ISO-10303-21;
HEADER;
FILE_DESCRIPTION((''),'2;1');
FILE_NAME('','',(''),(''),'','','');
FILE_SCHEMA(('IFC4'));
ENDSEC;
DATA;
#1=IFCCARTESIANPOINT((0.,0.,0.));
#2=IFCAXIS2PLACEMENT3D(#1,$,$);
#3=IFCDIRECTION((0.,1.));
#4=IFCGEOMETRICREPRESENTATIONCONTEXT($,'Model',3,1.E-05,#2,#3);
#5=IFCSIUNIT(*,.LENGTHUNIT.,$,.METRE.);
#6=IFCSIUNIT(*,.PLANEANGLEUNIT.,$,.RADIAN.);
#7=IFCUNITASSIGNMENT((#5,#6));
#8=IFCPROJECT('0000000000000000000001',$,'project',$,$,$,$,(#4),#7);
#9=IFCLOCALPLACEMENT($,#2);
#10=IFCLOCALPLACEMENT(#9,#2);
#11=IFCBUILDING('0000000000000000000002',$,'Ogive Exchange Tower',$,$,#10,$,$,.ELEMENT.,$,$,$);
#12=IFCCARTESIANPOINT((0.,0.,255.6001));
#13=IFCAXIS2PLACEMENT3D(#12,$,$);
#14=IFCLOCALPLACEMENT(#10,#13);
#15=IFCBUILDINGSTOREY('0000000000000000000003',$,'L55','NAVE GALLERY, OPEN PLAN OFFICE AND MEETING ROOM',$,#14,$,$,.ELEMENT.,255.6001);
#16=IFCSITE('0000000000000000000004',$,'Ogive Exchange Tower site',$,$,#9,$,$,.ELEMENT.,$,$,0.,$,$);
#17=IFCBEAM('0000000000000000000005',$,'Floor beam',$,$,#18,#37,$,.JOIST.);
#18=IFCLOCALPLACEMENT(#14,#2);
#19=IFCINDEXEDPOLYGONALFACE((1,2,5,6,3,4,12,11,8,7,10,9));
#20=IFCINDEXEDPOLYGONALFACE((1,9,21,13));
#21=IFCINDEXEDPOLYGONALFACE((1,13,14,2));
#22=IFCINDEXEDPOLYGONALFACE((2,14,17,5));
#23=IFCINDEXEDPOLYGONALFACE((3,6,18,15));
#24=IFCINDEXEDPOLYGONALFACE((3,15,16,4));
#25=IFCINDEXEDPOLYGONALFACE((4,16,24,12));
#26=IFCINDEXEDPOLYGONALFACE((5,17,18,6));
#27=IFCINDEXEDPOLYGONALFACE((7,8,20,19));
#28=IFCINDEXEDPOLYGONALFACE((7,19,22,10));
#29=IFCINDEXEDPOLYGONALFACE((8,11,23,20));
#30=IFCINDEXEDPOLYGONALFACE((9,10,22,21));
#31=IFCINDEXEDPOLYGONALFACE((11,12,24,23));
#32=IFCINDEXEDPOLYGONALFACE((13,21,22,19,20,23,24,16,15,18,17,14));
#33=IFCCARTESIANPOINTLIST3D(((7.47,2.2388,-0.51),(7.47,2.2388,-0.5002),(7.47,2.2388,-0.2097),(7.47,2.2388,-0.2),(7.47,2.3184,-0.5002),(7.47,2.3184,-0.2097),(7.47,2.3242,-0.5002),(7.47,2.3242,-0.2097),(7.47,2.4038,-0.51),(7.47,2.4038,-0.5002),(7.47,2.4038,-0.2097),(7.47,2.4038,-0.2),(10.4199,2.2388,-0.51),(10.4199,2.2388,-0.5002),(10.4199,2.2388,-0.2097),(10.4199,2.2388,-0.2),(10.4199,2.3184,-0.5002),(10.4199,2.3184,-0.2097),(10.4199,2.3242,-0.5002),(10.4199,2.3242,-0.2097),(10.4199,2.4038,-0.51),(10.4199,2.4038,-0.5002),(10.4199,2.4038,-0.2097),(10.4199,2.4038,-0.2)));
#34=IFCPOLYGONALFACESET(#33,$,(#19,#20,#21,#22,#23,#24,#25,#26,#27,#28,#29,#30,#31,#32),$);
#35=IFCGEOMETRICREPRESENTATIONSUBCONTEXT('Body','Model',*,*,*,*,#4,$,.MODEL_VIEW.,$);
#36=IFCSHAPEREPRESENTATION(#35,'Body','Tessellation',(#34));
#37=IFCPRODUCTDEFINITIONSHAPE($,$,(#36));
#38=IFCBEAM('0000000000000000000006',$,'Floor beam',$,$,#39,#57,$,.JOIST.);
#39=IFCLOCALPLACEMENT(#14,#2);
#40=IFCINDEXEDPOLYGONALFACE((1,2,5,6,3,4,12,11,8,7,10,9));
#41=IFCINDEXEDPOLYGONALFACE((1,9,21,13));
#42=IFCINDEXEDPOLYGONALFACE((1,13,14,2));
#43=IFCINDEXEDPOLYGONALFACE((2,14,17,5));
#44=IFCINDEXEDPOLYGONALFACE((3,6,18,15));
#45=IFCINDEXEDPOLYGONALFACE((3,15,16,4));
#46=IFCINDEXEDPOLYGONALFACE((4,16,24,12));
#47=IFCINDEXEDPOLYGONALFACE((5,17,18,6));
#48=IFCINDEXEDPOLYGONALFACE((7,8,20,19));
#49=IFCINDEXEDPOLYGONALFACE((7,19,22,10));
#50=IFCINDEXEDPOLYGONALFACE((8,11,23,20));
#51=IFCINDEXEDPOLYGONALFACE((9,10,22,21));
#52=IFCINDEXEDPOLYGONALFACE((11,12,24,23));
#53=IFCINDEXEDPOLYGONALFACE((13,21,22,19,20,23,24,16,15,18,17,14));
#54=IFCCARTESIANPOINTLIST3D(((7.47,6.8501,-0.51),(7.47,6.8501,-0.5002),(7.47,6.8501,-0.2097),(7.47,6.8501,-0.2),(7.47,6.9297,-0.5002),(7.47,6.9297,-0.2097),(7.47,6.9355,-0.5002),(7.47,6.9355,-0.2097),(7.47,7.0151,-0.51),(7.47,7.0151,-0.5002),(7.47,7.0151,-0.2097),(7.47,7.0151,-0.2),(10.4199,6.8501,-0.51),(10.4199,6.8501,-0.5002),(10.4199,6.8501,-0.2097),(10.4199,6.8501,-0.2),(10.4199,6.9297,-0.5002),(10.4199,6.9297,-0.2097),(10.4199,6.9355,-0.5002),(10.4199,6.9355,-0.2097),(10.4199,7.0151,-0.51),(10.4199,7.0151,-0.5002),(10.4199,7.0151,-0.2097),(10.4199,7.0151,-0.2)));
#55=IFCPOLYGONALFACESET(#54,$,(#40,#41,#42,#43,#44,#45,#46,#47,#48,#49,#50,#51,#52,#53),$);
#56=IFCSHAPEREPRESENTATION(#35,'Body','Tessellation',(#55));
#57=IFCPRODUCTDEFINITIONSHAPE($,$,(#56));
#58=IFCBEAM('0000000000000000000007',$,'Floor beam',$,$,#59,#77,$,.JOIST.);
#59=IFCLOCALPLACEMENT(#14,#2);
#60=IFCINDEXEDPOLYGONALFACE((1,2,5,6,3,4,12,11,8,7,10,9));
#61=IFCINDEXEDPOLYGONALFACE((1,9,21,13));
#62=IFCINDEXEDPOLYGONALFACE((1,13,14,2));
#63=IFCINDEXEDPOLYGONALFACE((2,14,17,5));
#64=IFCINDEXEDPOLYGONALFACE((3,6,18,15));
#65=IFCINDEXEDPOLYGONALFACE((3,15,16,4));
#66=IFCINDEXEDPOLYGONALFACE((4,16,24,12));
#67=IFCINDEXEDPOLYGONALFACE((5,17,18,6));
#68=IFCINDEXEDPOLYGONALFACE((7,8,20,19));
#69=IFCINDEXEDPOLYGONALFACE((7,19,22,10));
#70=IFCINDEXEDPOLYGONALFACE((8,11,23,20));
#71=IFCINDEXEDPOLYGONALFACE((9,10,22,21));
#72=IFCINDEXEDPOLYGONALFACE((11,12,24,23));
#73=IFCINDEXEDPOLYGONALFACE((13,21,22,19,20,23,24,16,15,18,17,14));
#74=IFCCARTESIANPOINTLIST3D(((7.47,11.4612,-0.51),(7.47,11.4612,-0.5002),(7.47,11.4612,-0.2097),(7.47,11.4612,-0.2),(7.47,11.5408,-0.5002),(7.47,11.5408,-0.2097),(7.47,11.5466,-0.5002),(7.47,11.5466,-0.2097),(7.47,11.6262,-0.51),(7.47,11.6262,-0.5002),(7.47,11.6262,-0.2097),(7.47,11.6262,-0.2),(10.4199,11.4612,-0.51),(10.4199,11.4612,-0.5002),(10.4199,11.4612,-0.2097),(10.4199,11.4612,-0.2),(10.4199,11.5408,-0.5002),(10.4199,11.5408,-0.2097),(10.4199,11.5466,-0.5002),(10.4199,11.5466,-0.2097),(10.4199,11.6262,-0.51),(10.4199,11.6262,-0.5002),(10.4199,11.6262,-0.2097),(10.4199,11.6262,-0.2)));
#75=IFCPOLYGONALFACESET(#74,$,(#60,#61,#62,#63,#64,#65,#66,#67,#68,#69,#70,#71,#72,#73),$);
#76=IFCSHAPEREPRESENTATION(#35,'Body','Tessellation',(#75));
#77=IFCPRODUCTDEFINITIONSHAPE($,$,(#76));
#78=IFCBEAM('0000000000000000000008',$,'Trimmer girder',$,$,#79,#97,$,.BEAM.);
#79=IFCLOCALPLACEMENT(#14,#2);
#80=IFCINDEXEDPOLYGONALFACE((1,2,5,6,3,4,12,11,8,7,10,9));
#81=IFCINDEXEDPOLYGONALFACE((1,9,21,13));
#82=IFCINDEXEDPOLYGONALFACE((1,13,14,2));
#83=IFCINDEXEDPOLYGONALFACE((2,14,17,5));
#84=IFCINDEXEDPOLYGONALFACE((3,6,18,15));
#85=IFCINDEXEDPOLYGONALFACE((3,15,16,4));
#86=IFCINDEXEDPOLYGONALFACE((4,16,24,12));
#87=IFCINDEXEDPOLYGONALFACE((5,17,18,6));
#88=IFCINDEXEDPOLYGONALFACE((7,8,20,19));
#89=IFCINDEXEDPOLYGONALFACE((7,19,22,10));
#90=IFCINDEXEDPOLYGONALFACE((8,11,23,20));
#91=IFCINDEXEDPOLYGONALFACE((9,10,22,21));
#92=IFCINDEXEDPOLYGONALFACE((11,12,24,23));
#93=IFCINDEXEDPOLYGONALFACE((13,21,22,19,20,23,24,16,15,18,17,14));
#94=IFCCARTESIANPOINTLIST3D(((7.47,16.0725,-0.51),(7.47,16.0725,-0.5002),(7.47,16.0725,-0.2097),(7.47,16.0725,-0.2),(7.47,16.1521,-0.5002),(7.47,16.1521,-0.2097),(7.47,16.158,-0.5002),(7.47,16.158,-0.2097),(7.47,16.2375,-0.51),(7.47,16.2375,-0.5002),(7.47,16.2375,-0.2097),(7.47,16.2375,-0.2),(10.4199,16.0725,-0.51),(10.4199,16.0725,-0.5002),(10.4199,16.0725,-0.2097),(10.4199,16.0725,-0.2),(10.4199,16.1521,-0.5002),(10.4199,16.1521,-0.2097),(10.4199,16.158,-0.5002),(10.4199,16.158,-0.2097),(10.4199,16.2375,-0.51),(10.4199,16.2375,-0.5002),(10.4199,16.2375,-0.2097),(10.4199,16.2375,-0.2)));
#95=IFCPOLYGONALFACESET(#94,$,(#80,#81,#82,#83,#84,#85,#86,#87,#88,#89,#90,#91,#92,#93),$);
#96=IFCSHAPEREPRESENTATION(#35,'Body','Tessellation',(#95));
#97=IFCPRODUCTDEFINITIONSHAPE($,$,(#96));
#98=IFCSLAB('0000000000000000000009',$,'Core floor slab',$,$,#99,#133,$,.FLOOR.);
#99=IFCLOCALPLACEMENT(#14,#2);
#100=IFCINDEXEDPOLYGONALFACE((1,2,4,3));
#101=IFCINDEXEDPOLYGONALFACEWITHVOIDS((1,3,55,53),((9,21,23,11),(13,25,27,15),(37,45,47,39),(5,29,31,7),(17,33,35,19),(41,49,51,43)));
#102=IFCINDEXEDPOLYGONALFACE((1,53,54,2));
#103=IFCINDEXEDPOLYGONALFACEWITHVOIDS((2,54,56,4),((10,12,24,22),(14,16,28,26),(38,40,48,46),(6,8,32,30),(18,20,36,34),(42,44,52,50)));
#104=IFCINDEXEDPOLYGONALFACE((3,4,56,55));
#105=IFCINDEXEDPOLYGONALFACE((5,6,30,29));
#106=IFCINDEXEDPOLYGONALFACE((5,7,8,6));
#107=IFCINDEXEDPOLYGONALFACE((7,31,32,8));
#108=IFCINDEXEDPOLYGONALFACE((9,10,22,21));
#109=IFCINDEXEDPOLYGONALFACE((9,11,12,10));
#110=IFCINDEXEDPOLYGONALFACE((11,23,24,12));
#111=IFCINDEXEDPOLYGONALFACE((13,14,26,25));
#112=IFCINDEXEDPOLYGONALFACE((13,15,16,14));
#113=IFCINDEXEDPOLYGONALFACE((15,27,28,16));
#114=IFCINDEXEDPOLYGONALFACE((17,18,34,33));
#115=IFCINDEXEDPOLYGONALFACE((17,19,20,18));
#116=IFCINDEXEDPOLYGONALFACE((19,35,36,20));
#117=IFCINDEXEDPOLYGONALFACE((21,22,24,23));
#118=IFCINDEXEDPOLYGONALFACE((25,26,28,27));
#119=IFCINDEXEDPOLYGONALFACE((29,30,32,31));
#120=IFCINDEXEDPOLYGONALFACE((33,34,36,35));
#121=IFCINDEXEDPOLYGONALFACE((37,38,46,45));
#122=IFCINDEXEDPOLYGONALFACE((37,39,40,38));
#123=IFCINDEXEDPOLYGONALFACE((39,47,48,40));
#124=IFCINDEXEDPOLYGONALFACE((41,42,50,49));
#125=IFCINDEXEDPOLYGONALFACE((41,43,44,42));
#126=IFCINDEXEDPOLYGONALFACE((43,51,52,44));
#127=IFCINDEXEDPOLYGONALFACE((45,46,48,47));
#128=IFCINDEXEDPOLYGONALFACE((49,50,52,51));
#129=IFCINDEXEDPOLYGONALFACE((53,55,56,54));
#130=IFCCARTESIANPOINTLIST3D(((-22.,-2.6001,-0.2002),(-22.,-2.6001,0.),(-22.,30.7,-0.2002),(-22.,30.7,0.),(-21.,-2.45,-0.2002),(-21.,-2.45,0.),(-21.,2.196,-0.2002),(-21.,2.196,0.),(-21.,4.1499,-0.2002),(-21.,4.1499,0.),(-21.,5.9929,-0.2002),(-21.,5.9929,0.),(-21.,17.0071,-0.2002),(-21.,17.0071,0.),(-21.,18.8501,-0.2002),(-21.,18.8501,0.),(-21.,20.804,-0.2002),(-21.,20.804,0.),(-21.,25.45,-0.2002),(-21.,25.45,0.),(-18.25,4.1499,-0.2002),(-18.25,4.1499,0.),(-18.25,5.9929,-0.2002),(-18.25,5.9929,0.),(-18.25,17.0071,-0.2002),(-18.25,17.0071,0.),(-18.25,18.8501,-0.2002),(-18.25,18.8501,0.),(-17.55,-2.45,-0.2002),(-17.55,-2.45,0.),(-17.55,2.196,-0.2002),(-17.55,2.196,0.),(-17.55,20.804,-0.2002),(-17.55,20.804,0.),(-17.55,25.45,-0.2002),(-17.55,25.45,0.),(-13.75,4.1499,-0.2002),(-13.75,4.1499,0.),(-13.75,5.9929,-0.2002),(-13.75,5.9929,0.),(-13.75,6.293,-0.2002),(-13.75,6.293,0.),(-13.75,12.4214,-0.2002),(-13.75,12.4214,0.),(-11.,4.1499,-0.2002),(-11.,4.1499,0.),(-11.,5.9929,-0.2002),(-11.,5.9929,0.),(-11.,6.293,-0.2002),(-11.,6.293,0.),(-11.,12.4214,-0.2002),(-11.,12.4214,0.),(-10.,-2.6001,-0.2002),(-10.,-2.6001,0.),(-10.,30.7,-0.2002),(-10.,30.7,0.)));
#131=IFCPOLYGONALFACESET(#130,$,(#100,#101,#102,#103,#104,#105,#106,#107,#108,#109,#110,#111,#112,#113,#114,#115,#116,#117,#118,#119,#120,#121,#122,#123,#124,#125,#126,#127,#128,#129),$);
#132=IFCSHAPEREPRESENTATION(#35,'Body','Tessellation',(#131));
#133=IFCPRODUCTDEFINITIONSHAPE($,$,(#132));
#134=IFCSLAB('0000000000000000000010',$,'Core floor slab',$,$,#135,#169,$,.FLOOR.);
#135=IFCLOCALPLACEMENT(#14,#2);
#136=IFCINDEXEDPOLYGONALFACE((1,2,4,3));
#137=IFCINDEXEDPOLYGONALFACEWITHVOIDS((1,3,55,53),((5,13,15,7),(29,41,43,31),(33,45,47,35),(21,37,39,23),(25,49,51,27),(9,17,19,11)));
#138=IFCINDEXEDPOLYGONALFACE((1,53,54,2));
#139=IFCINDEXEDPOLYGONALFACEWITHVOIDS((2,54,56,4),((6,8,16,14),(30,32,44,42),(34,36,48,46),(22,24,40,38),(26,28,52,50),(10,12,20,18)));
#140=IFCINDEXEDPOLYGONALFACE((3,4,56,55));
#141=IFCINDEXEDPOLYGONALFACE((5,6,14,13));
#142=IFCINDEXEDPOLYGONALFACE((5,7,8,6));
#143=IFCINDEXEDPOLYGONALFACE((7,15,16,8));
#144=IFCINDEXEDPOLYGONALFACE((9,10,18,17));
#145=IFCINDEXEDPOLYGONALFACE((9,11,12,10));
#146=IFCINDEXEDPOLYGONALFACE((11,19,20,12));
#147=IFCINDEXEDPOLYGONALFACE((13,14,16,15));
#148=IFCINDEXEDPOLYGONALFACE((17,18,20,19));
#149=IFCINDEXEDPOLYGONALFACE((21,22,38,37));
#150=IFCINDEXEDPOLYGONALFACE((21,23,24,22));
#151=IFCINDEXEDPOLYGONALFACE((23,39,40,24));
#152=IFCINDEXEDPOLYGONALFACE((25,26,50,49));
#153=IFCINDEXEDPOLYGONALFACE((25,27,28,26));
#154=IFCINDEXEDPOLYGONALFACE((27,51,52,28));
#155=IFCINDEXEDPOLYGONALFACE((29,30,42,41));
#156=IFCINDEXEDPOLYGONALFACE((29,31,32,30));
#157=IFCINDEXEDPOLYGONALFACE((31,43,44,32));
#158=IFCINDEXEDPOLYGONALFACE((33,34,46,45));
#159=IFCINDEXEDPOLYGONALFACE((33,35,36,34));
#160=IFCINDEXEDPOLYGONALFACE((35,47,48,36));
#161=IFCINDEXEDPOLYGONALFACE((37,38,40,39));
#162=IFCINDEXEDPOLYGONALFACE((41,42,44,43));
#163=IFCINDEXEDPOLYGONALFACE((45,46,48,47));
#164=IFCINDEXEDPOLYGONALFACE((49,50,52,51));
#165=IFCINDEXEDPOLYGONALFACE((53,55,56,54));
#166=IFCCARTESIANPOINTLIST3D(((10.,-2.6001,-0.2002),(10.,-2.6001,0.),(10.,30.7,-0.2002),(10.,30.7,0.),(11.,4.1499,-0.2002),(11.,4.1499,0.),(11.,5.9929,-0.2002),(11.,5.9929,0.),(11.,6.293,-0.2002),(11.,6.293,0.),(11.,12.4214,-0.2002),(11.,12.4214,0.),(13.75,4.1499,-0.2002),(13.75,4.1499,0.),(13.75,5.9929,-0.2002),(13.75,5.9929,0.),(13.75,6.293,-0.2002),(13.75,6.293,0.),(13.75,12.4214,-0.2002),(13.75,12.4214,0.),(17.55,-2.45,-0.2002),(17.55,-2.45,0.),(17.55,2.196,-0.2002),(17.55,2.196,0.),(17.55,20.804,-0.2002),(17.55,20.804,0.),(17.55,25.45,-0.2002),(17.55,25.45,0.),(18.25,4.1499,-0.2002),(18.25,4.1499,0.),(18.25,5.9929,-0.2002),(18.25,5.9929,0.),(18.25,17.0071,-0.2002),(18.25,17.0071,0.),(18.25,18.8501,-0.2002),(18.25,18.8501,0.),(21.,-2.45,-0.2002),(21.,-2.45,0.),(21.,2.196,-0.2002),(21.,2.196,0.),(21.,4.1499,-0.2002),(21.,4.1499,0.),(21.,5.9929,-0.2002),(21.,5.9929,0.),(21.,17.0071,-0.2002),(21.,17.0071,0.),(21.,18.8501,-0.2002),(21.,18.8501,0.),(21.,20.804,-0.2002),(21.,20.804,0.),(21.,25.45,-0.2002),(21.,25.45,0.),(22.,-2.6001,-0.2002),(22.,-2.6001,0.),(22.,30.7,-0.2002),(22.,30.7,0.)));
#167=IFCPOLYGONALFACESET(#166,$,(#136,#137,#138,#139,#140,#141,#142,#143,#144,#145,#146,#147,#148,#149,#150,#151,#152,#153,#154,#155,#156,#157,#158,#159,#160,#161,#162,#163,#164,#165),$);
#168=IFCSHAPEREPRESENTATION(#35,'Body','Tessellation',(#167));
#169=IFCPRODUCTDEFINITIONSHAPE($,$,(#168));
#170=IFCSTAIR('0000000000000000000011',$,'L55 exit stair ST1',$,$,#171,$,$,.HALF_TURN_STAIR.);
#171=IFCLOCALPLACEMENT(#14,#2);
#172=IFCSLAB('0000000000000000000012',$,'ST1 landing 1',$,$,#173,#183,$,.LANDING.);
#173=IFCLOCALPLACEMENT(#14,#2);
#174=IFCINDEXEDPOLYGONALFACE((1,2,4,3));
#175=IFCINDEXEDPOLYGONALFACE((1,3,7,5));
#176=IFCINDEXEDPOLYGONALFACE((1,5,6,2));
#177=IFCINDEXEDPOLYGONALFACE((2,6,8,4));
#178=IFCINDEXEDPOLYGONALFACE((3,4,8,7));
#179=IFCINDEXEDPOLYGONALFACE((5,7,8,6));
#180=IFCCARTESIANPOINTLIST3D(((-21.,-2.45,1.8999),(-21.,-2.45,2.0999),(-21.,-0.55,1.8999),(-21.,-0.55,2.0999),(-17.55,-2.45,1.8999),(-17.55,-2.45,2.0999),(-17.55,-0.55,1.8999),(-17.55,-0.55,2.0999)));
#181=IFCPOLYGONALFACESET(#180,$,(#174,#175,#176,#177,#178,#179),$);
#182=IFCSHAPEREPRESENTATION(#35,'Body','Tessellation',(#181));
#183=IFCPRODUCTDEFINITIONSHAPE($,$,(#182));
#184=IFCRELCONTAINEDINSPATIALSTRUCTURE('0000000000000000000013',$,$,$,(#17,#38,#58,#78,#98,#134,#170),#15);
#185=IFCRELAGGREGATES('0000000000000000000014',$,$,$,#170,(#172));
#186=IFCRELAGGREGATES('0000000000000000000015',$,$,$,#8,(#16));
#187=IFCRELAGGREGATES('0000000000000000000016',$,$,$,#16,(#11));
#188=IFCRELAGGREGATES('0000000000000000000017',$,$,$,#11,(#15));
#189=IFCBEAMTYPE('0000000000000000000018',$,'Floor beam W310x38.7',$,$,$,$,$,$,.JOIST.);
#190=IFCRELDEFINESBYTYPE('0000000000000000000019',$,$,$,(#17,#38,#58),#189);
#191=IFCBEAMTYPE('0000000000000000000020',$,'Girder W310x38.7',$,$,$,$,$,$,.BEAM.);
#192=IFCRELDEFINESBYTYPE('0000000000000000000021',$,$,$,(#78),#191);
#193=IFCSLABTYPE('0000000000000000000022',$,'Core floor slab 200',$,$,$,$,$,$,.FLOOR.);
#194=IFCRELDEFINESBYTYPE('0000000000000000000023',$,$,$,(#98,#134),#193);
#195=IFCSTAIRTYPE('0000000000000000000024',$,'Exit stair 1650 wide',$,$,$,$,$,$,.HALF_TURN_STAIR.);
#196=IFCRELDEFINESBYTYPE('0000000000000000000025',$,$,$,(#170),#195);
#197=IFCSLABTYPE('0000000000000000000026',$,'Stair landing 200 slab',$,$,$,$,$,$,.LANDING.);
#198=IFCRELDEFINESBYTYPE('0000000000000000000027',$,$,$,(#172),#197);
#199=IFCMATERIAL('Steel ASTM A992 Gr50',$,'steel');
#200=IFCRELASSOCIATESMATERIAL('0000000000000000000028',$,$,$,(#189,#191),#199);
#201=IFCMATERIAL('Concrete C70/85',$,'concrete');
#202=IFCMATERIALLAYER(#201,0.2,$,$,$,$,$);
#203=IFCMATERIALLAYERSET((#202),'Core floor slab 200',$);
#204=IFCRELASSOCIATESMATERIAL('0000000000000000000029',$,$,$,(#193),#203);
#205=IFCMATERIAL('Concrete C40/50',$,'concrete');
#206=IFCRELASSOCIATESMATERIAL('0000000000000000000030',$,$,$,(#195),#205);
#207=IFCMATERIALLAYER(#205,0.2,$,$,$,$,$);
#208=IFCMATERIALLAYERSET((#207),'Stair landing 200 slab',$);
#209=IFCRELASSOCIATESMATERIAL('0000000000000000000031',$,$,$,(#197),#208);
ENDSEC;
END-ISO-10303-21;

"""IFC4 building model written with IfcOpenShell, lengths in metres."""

from ifc_helpers import new_model, si_unit, direction, frame, origin, origin_2d, place, context, subcontext, project, spatial, polyline, i_section, outline, extrude, material, layer, layer_set, material_profile, profile_set, type_object, element, aggregate, save


model = new_model("IFC4")

# Units and contexts
model_context = context("Model", 3, precision=1e-05, world=origin(), true_north=direction((0.0, 1.0)))
body_context = subcontext(model_context, "Body", "Model", "MODEL_VIEW")
ifc_project = project(units=[si_unit("LENGTHUNIT", "METRE"), si_unit("PLANEANGLEUNIT", "RADIAN")], contexts=[model_context])

# Site, building, storey
site_placement = place(None, origin())
site = spatial("IfcSite", under=ifc_project, at=site_placement, Name="Ogive Exchange Tower site", CompositionType="ELEMENT", RefElevation=0.0)
building_placement = place(site_placement, origin())
building = spatial("IfcBuilding", under=site, at=building_placement, Name="Ogive Exchange Tower", CompositionType="ELEMENT")
storey_placement = place(building_placement, frame((0.0, 0.0, 255.6001)))
storey = spatial("IfcBuildingStorey", under=building, at=storey_placement, Name="L55", Description="NAVE GALLERY, OPEN PLAN OFFICE AND MEETING ROOM", CompositionType="ELEMENT", Elevation=255.6001)

# Beams
ifc_material_1 = material(Name="Steel ASTM A992 Gr50", Category="steel")
ifc_material_profile_1 = material_profile(ifc_material_1, i_section(OverallWidth=0.165, OverallDepth=0.3101, WebThickness=0.0059, FlangeThickness=0.0098, at=origin_2d()), Name="W310x38.7")
ifc_profile_set_1 = profile_set([ifc_material_profile_1], Name="Steel ASTM A992 Gr50")
beam_type_1 = type_object("IfcBeamType", Name="Floor beam W310x38.7", PredefinedType="JOIST", material=ifc_profile_set_1)
for number, where, z_axis, x_axis, name in (
    (1, (7.47, 2.3213, -0.355), (1.0, 0.0, 0.0), (0.0, 1.0, 0.0), "Floor beam"),
    (2, (7.47, 6.9326, -0.355), (1.0, 0.0, 0.0), (0.0, 1.0, 0.0), "Floor beam"),
    (3, (7.47, 11.5437, -0.355), (1.0, 0.0, 0.0), (0.0, 1.0, 0.0), "Floor beam"),
):
    element("IfcBeam", number, at=place(storey_placement, frame(where, z_axis=z_axis, x_axis=x_axis)), inside=storey, type_object=beam_type_1, Name=name, PredefinedType="JOIST", context=body_context, shape_type="SweptSolid", body=[
        extrude(i_section(OverallWidth=0.165, OverallDepth=0.3101, WebThickness=0.0059, FlangeThickness=0.0098, at=origin_2d()), origin(), (0.0, 0.0, 1.0), 2.95),
    ])
ifc_material_profile_2 = material_profile(ifc_material_1, i_section(OverallWidth=0.165, OverallDepth=0.3101, WebThickness=0.0059, FlangeThickness=0.0098, at=origin_2d()), Name="W310x38.7")
ifc_profile_set_2 = profile_set([ifc_material_profile_2], Name="Steel ASTM A992 Gr50")
beam_type_2 = type_object("IfcBeamType", Name="Girder W310x38.7", PredefinedType="BEAM", material=ifc_profile_set_2)
beam_placement = place(storey_placement, frame((7.47, 16.155, -0.355), z_axis=(1.0, 0.0, 0.0), x_axis=(0.0, 1.0, 0.0)))
element("IfcBeam", 4, at=beam_placement, inside=storey, type_object=beam_type_2, Name="Trimmer girder", PredefinedType="BEAM", context=body_context, shape_type="SweptSolid", body=[
    extrude(i_section(OverallWidth=0.165, OverallDepth=0.3101, WebThickness=0.0059, FlangeThickness=0.0098, at=origin_2d()), origin(), (0.0, 0.0, 1.0), 2.95),
])

# Slabs
ifc_material_2 = material(Name="Concrete C70/85", Category="concrete")
ifc_layer_1 = layer(ifc_material_2, 0.2)
ifc_layer_set_1 = layer_set([ifc_layer_1], Name="Core floor slab 200")
slab_type_1 = type_object("IfcSlabType", Name="Core floor slab 200", PredefinedType="FLOOR", material=ifc_layer_set_1)
slab_1_placement = place(storey_placement, frame((0.0, 0.0, -0.2002)))
element("IfcSlab", 5, at=slab_1_placement, inside=storey, type_object=slab_type_1, Name="Core floor slab", PredefinedType="FLOOR", context=body_context, shape_type="SweptSolid", body=[
    extrude(outline(polyline([(-22.0, -2.6001), (-22.0, 30.7), (-10.0, 30.7), (-10.0, -2.6001), (-22.0, -2.6001)]), holes=[polyline([(-17.55, 2.196), (-21.0, 2.196), (-21.0, -2.45), (-17.55, -2.45), (-17.55, 2.196)]), polyline([(-18.25, 5.9929), (-21.0, 5.9929), (-21.0, 4.1499), (-18.25, 4.1499), (-18.25, 5.9929)]), polyline([(-11.0, 5.9929), (-13.75, 5.9929), (-13.75, 4.1499), (-11.0, 4.1499), (-11.0, 5.9929)]), polyline([(-13.75, 12.4214), (-13.75, 6.293), (-11.0, 6.293), (-11.0, 12.4214), (-13.75, 12.4214)]), polyline([(-18.25, 18.8501), (-21.0, 18.8501), (-21.0, 17.0071), (-18.25, 17.0071), (-18.25, 18.8501)]), polyline([(-21.0, 25.45), (-21.0, 20.804), (-17.55, 20.804), (-17.55, 25.45), (-21.0, 25.45)])]), origin(), (0.0, 0.0, 1.0), 0.2002),
])
slab_2_placement = place(storey_placement, frame((0.0, 0.0, -0.2002)))
element("IfcSlab", 6, at=slab_2_placement, inside=storey, type_object=slab_type_1, Name="Core floor slab", PredefinedType="FLOOR", context=body_context, shape_type="SweptSolid", body=[
    extrude(outline(polyline([(10.0, -2.6001), (10.0, 30.7), (22.0, 30.7), (22.0, -2.6001), (10.0, -2.6001)]), holes=[polyline([(21.0, 2.196), (17.55, 2.196), (17.55, -2.45), (21.0, -2.45), (21.0, 2.196)]), polyline([(13.75, 5.9929), (11.0, 5.9929), (11.0, 4.1499), (13.75, 4.1499), (13.75, 5.9929)]), polyline([(21.0, 5.9929), (18.25, 5.9929), (18.25, 4.1499), (21.0, 4.1499), (21.0, 5.9929)]), polyline([(11.0, 12.4214), (11.0, 6.293), (13.75, 6.293), (13.75, 12.4214), (11.0, 12.4214)]), polyline([(21.0, 18.8501), (18.25, 18.8501), (18.25, 17.0071), (21.0, 17.0071), (21.0, 18.8501)]), polyline([(17.55, 25.45), (17.55, 20.804), (21.0, 20.804), (21.0, 25.45), (17.55, 25.45)])]), origin(), (0.0, 0.0, 1.0), 0.2002),
])

# Stair, slab
ifc_material_3 = material(Name="Concrete C40/50", Category="concrete")
stair_type = type_object("IfcStairType", Name="Exit stair 1650 wide", PredefinedType="HALF_TURN_STAIR", material=ifc_material_3)
stair_1_placement = place(storey_placement, origin())
stair_1 = element("IfcStair", 7, at=stair_1_placement, inside=storey, type_object=stair_type, Name="L55 exit stair ST1", PredefinedType="HALF_TURN_STAIR")
ifc_layer_2 = layer(ifc_material_3, 0.2)
ifc_layer_set_2 = layer_set([ifc_layer_2], Name="Stair landing 200 slab")
slab_type_2 = type_object("IfcSlabType", Name="Stair landing 200 slab", PredefinedType="LANDING", material=ifc_layer_set_2)
slab_3_placement = place(storey_placement, frame((0.0, 0.0, 1.8999)))
slab_3 = element("IfcSlab", 8, at=slab_3_placement, type_object=slab_type_2, Name="ST1 landing 1", PredefinedType="LANDING", context=body_context, shape_type="SweptSolid", body=[
    extrude(outline(polyline([(-21.0, -0.55), (-21.0, -2.45), (-17.55, -2.45), (-17.55, -0.55), (-21.0, -0.55)])), origin(), (0.0, 0.0, 1.0), 0.2),
])
aggregate(stair_1, [slab_3])

save(model, "model.ifc")
